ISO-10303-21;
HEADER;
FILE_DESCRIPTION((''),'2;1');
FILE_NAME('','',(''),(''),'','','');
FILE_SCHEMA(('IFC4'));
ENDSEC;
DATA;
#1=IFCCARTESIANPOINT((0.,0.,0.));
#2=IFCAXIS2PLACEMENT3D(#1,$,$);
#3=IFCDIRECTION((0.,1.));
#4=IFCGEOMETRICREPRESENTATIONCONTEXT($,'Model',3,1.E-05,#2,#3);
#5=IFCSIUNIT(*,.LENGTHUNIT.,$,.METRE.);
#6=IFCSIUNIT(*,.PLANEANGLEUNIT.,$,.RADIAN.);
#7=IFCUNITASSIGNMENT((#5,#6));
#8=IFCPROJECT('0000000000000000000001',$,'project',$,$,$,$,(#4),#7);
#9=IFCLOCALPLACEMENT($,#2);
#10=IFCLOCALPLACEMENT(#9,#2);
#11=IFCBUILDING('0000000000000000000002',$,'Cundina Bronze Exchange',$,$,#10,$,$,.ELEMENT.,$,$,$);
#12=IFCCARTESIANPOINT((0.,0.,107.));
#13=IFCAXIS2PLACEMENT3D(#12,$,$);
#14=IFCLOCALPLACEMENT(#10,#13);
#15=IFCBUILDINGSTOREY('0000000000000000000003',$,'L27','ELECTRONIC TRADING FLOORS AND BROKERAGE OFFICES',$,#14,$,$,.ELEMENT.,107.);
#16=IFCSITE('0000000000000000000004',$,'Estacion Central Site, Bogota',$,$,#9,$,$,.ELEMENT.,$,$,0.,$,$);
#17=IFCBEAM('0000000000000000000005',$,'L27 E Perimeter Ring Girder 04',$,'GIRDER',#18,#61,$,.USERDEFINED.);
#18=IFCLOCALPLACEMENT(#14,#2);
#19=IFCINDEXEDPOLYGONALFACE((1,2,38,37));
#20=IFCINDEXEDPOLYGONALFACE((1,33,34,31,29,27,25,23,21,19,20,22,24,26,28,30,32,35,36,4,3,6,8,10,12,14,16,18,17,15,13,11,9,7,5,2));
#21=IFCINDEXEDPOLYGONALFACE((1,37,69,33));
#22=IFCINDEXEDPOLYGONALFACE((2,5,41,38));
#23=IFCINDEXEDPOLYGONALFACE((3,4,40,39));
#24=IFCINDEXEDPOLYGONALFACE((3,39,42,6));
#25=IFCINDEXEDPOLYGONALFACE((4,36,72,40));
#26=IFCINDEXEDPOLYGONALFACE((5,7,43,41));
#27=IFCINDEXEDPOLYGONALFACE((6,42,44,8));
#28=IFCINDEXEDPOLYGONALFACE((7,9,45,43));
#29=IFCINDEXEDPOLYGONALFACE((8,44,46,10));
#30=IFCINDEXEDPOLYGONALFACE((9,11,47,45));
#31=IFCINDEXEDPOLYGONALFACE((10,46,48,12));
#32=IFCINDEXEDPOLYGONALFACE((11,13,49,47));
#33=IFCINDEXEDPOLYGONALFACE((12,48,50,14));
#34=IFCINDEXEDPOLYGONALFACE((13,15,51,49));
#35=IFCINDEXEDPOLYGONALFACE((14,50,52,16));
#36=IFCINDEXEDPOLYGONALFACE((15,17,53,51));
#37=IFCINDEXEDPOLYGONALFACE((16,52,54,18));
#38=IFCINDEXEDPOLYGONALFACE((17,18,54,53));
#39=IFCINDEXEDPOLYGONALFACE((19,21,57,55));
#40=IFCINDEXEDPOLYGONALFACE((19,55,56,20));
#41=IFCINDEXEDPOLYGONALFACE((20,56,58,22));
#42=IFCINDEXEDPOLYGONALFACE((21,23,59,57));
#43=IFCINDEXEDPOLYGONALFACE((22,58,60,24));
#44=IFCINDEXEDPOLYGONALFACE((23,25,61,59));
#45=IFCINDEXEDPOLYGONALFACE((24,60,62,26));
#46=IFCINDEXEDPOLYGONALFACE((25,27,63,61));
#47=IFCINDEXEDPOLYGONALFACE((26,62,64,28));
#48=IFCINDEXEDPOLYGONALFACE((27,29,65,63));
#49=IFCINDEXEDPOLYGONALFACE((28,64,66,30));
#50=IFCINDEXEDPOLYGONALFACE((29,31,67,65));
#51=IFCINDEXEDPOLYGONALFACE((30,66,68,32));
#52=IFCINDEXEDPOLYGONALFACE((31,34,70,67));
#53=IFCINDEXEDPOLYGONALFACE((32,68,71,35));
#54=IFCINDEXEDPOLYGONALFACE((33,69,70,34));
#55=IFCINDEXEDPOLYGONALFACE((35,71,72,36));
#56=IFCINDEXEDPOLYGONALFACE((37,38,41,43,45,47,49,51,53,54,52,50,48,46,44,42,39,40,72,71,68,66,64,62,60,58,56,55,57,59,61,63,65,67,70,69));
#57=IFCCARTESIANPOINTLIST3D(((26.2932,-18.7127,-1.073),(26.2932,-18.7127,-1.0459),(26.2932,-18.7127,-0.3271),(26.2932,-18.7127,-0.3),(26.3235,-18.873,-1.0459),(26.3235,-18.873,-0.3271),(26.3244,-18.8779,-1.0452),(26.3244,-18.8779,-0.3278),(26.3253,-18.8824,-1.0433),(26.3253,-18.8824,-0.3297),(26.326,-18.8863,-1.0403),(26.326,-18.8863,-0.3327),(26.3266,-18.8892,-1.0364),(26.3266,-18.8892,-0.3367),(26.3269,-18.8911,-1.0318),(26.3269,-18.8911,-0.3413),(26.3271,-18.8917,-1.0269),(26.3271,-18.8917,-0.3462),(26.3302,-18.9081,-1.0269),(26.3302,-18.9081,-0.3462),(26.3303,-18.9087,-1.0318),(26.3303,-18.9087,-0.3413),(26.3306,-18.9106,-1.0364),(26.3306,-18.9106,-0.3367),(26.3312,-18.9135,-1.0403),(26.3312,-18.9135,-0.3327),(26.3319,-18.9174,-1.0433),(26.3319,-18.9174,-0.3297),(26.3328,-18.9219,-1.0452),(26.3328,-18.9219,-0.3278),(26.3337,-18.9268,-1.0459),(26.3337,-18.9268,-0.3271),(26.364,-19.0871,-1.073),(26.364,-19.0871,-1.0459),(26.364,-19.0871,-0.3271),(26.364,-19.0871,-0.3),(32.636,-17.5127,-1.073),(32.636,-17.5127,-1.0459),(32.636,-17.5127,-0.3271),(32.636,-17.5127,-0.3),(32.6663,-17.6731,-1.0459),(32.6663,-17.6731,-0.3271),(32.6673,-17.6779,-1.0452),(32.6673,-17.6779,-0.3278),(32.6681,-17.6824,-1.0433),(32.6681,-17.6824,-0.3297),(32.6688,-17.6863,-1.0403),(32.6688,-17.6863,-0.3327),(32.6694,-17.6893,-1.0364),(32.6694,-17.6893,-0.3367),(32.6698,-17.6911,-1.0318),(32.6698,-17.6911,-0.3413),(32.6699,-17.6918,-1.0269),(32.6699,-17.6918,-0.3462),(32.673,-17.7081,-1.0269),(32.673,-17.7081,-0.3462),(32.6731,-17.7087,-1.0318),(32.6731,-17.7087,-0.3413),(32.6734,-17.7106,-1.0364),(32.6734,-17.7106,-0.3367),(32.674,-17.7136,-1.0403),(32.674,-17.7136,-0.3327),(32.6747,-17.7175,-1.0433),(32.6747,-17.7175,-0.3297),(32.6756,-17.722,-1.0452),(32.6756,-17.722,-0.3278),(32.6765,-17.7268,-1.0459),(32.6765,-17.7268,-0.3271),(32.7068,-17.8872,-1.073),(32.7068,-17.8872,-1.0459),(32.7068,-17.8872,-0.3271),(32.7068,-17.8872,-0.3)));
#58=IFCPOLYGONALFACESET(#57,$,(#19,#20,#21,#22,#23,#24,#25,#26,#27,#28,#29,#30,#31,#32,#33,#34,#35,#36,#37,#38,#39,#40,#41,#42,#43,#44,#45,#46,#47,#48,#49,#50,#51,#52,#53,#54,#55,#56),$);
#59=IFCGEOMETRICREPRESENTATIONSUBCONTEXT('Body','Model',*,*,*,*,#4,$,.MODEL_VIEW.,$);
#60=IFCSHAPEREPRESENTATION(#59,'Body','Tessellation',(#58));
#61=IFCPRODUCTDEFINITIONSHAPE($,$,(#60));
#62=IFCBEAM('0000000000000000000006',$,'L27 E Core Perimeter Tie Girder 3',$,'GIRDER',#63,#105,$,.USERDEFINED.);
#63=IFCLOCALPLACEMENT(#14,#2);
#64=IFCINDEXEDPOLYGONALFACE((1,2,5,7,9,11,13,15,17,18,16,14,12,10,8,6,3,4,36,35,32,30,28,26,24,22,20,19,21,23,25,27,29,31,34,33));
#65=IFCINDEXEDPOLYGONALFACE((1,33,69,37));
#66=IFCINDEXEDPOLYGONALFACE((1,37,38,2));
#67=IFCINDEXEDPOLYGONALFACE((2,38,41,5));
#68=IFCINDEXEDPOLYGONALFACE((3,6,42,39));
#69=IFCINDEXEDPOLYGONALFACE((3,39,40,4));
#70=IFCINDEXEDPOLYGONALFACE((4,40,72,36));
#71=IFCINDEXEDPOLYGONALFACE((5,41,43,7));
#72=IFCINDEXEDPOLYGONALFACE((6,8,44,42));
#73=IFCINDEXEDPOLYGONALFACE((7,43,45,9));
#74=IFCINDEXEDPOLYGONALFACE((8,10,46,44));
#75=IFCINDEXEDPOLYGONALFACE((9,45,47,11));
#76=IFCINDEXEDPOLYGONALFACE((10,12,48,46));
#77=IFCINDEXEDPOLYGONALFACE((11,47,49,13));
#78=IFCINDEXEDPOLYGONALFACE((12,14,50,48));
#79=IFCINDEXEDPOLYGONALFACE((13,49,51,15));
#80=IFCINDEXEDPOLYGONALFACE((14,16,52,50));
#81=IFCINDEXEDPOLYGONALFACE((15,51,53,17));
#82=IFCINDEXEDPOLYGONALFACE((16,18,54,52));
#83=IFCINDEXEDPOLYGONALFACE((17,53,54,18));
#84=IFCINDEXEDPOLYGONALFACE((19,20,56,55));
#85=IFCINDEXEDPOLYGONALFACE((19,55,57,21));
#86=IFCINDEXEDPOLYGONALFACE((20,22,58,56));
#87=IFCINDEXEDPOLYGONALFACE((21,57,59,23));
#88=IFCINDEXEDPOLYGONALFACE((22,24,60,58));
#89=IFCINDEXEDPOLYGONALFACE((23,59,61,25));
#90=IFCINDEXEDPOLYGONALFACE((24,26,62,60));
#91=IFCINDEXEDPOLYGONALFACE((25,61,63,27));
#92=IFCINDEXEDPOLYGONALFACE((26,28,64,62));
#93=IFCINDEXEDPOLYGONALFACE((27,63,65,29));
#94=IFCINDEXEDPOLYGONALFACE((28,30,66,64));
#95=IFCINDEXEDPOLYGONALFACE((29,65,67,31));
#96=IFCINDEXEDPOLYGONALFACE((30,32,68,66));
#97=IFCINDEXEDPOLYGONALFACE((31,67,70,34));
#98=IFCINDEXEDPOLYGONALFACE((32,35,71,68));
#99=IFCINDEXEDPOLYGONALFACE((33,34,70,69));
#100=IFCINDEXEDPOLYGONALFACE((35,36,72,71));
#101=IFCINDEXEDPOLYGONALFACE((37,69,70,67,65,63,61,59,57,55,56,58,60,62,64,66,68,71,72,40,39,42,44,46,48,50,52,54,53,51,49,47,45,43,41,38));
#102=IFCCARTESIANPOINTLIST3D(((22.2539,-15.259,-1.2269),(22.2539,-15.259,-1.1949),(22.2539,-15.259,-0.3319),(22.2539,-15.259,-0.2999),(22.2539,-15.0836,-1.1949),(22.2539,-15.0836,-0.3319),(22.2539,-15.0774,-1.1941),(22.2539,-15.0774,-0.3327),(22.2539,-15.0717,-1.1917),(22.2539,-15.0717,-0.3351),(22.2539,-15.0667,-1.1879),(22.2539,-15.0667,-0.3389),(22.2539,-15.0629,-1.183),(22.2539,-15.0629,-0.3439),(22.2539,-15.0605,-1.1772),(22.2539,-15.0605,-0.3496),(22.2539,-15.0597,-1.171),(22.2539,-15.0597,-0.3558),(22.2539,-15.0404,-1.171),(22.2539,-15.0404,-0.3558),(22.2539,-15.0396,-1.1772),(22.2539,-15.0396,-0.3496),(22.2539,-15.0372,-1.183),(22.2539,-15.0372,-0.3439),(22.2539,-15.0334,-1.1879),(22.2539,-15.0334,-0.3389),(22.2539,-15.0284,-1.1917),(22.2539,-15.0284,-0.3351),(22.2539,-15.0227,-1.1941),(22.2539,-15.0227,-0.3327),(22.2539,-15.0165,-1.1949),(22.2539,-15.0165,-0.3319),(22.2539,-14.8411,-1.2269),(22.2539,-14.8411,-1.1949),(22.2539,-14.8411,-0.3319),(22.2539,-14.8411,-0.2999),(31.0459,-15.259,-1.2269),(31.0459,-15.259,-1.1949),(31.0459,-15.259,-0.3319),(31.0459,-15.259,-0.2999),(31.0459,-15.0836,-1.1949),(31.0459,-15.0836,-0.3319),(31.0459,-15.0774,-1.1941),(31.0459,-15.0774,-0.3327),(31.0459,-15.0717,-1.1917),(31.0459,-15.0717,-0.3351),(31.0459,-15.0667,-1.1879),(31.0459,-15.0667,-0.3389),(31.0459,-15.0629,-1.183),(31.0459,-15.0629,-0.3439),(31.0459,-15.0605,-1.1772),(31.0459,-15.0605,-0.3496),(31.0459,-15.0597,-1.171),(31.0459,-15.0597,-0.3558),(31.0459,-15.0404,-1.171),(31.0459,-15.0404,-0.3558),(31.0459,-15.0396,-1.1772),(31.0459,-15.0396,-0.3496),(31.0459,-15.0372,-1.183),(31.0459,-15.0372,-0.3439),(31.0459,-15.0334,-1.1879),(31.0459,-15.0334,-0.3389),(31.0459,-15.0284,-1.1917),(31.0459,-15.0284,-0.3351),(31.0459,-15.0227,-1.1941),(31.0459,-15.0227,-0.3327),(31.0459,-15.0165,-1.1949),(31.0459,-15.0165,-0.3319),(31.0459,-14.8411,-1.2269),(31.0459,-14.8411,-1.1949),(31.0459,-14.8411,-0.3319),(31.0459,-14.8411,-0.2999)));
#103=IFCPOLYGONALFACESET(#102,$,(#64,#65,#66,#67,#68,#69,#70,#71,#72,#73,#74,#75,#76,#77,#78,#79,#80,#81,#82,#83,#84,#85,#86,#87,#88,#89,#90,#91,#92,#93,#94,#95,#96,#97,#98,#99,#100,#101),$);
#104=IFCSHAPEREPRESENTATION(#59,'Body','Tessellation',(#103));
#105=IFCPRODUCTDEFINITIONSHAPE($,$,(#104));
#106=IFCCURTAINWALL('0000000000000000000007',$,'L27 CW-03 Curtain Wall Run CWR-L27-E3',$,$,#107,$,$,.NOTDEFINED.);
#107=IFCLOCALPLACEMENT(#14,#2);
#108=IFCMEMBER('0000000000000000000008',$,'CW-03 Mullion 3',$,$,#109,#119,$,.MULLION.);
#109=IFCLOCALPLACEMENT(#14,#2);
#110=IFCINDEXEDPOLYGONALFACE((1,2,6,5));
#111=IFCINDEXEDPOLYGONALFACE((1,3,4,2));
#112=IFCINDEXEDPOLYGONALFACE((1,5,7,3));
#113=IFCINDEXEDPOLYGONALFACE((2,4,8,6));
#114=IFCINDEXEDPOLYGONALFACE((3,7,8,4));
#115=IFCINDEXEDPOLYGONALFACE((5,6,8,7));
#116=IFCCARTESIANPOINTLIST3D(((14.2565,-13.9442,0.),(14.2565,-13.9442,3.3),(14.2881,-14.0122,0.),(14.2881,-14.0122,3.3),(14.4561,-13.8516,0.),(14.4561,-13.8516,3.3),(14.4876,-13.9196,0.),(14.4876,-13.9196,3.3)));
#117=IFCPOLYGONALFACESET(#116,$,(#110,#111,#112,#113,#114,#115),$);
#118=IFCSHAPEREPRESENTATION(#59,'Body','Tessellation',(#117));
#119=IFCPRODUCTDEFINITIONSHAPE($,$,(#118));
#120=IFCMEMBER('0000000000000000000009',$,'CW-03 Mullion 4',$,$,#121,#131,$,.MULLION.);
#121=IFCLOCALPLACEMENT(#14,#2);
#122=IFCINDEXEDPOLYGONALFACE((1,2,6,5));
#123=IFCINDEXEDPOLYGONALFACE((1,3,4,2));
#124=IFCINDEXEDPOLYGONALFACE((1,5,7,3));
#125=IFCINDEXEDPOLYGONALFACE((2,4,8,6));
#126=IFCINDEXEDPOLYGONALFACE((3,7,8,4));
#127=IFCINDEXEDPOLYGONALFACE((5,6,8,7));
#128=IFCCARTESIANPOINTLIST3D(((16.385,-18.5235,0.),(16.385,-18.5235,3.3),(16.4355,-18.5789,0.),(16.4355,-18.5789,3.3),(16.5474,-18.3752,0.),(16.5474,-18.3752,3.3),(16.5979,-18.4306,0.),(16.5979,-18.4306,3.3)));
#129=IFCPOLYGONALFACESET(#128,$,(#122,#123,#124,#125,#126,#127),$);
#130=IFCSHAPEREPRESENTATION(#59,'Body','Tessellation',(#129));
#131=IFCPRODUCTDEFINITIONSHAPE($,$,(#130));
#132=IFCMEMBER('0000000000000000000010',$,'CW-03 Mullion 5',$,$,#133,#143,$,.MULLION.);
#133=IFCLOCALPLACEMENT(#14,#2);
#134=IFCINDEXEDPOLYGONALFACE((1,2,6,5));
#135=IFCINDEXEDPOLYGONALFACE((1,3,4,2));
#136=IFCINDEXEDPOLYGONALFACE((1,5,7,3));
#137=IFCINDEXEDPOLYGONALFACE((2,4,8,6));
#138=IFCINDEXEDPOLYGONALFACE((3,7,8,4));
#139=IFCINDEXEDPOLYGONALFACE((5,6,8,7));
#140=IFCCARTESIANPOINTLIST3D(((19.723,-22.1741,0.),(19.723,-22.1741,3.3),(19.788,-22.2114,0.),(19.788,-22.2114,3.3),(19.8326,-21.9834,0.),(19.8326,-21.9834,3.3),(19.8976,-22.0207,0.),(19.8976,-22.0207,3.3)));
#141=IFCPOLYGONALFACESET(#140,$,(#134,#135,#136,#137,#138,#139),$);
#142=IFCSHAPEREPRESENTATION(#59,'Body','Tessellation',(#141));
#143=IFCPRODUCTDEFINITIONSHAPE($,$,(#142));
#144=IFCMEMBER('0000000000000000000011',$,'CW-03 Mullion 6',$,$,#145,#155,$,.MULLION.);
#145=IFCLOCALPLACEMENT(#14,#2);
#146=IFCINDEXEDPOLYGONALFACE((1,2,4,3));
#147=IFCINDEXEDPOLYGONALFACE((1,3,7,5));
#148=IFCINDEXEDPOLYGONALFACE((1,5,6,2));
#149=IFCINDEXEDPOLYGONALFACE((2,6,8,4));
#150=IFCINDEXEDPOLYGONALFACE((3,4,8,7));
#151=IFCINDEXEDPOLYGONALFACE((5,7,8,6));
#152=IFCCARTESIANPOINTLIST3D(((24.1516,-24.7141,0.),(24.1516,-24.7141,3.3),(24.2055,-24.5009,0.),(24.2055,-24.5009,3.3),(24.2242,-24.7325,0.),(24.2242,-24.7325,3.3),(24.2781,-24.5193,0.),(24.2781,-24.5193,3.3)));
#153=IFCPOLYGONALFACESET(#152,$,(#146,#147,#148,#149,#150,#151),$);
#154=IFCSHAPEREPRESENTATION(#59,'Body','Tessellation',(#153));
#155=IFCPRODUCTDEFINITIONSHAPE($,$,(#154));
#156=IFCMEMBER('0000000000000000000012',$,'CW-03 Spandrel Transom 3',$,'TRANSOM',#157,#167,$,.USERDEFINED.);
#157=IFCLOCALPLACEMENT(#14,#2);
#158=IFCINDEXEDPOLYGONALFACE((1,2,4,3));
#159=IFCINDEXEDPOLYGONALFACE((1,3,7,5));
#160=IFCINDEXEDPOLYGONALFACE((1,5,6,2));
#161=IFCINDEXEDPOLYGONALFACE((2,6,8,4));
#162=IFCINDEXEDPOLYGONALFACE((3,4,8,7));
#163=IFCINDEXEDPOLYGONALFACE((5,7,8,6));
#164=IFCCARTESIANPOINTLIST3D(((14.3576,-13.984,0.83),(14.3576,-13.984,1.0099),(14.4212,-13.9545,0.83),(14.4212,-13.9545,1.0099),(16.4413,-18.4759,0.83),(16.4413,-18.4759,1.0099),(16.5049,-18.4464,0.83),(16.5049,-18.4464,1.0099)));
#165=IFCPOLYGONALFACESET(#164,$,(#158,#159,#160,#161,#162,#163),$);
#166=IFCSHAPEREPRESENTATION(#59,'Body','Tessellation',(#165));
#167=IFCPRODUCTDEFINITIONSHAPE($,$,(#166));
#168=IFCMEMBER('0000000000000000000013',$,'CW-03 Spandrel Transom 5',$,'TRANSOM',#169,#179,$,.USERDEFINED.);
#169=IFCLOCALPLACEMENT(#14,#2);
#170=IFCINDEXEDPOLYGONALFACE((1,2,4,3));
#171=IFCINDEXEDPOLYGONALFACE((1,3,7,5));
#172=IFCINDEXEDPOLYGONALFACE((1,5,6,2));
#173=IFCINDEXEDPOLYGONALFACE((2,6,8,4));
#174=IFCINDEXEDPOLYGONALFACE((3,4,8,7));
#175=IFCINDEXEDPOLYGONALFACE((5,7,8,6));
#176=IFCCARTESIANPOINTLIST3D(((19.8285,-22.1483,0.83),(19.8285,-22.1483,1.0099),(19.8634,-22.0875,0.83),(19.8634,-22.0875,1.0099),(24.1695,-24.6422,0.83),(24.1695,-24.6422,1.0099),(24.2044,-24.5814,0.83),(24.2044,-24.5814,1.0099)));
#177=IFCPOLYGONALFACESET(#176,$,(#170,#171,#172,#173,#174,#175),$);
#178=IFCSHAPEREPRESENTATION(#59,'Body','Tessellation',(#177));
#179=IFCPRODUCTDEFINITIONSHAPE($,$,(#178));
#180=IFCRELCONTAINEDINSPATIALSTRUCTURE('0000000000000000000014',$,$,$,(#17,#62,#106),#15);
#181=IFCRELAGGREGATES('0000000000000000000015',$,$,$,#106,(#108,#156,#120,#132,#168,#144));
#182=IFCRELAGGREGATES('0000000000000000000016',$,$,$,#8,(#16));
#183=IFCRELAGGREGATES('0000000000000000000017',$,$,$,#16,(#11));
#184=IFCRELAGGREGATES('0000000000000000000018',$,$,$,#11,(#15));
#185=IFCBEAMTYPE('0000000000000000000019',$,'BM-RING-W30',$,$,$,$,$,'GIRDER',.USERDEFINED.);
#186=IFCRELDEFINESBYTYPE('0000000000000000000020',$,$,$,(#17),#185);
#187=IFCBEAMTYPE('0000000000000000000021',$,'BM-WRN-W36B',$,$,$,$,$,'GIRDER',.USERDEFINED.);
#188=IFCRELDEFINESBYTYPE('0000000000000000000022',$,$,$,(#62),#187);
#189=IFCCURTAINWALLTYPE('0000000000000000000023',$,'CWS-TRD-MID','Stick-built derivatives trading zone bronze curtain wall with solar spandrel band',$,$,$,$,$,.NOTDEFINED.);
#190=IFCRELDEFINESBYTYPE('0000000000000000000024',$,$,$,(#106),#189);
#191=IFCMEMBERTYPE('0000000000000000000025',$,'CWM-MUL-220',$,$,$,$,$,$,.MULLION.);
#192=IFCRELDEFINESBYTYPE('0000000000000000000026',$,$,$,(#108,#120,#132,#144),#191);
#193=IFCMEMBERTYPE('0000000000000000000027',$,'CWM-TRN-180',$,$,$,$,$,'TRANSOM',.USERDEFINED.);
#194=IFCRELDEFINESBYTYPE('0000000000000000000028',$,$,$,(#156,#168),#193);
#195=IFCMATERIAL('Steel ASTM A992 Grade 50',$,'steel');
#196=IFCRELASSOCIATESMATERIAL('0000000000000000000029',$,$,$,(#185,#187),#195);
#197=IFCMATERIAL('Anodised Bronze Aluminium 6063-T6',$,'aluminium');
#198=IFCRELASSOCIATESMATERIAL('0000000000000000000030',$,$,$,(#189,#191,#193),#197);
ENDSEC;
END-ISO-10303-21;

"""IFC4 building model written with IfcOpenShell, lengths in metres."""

from ifc_helpers import new_model, si_unit, direction, frame, origin, origin_2d, place, context, subcontext, project, spatial, rectangle, i_section, extrude, material, material_profile, profile_set, type_object, element, aggregate, save


model = new_model("IFC4")

# Units and contexts
model_context = context("Model", 3, precision=1e-05, world=origin(), true_north=direction((0.0, 1.0)))
body_context = subcontext(model_context, "Body", "Model", "MODEL_VIEW")
ifc_project = project(units=[si_unit("LENGTHUNIT", "METRE"), si_unit("PLANEANGLEUNIT", "RADIAN")], contexts=[model_context])

# Site, building, storey
site_placement = place(None, origin())
site = spatial("IfcSite", under=ifc_project, at=site_placement, Name="Estacion Central Site, Bogota", CompositionType="ELEMENT", RefElevation=0.0)
building_placement = place(site_placement, origin())
building = spatial("IfcBuilding", under=site, at=building_placement, Name="Cundina Bronze Exchange", CompositionType="ELEMENT")
storey_placement = place(building_placement, frame((0.0, 0.0, 107.0)))
storey = spatial("IfcBuildingStorey", under=building, at=storey_placement, Name="L27", Description="ELECTRONIC TRADING FLOORS AND BROKERAGE OFFICES", CompositionType="ELEMENT", Elevation=107.0)

# Shared definitions
ifc_material_1 = material(Name="Steel ASTM A992 Grade 50", Category="steel")

# Beams
ifc_material_profile_1 = material_profile(ifc_material_1, i_section(OverallWidth=0.3811, OverallDepth=0.7729, WebThickness=0.0166, FlangeThickness=0.0271, FilletRadius=0.019, at=origin_2d()), Name="W30X173", Category="steel")
ifc_profile_set_1 = profile_set([ifc_material_profile_1], Name="Steel ASTM A992 Grade 50")
beam_type_1 = type_object("IfcBeamType", Name="BM-RING-W30", ElementType="GIRDER", PredefinedType="USERDEFINED", material=ifc_profile_set_1)
beam_1_placement = place(storey_placement, frame((26.3286, -18.8999, -0.6865), z_axis=(0.982571, 0.185887, 0.0), x_axis=(-0.185887, 0.982571, 0.0)))
element("IfcBeam", 1, at=beam_1_placement, inside=storey, type_object=beam_type_1, Name="L27 E Perimeter Ring Girder 04", ObjectType="GIRDER", PredefinedType="USERDEFINED", context=body_context, shape_type="SweptSolid", body=[
    extrude(i_section(OverallWidth=0.3811, OverallDepth=0.7729, WebThickness=0.0166, FlangeThickness=0.0271, FilletRadius=0.019, at=origin_2d()), origin(), (0.0, 0.0, 1.0), 6.4553),
])
ifc_material_profile_2 = material_profile(ifc_material_1, i_section(OverallWidth=0.418, OverallDepth=0.927, WebThickness=0.0193, FlangeThickness=0.032, FilletRadius=0.0239, at=origin_2d()), Name="W36X231", Category="steel")
ifc_profile_set_2 = profile_set([ifc_material_profile_2], Name="Steel ASTM A992 Grade 50")
beam_type_2 = type_object("IfcBeamType", Name="BM-WRN-W36B", ElementType="GIRDER", PredefinedType="USERDEFINED", material=ifc_profile_set_2)
beam_2_placement = place(storey_placement, frame((22.2539, -15.05, -0.7634), z_axis=(1.0, 0.0, 0.0), x_axis=(0.0, 1.0, 0.0)))
element("IfcBeam", 2, at=beam_2_placement, inside=storey, type_object=beam_type_2, Name="L27 E Core Perimeter Tie Girder 3", ObjectType="GIRDER", PredefinedType="USERDEFINED", context=body_context, shape_type="SweptSolid", body=[
    extrude(i_section(OverallWidth=0.418, OverallDepth=0.927, WebThickness=0.0193, FlangeThickness=0.032, FilletRadius=0.0239, at=origin_2d()), origin(), (0.0, 0.0, 1.0), 8.792),
])

# Curtain wall, members
ifc_material_2 = material(Name="Anodised Bronze Aluminium 6063-T6", Category="aluminium")
curtain_wall_type = type_object("IfcCurtainWallType", Name="CWS-TRD-MID", Description="Stick-built derivatives trading zone bronze curtain wall with solar spandrel band", PredefinedType="NOTDEFINED", material=ifc_material_2)
curtain_wall_placement = place(storey_placement, origin())
curtain_wall = element("IfcCurtainWall", 3, at=curtain_wall_placement, inside=storey, type_object=curtain_wall_type, Name="L27 CW-03 Curtain Wall Run CWR-L27-E3", PredefinedType="NOTDEFINED")
ifc_material_profile_3 = material_profile(ifc_material_2, rectangle(XDim=0.075, YDim=0.22, at=origin_2d()), Name="AL75X220", Category="aluminium")
ifc_profile_set_3 = profile_set([ifc_material_profile_3], Name="Anodised Bronze Aluminium 6063-T6")
member_type_1 = type_object("IfcMemberType", Name="CWM-MUL-220", PredefinedType="MULLION", material=ifc_profile_set_3)
member_1_placement = place(storey_placement, frame((14.3721, -13.9319, 0.0), z_axis=(0.0, 0.0, 1.0), x_axis=(0.420877, -0.907117, 0.0)))
member_1 = element("IfcMember", 4, at=member_1_placement, type_object=member_type_1, Name="CW-03 Mullion 3", PredefinedType="MULLION", context=body_context, shape_type="SweptSolid", body=[
    extrude(rectangle(XDim=0.075, YDim=0.22, at=origin_2d()), origin(), (0.0, 0.0, 1.0), 3.3),
])
member_2_placement = place(storey_placement, frame((16.4915, -18.4771, 0.0), z_axis=(0.0, 0.0, 1.0), x_axis=(0.674302, -0.738455, 0.0)))
member_2 = element("IfcMember", 5, at=member_2_placement, type_object=member_type_1, Name="CW-03 Mullion 4", PredefinedType="MULLION", context=body_context, shape_type="SweptSolid", body=[
    extrude(rectangle(XDim=0.075, YDim=0.22, at=origin_2d()), origin(), (0.0, 0.0, 1.0), 3.3),
])
member_3_placement = place(storey_placement, frame((19.8103, -22.0974, 0.0), z_axis=(0.0, 0.0, 1.0), x_axis=(0.867071, -0.498185, 0.0)))
member_3 = element("IfcMember", 6, at=member_3_placement, type_object=member_type_1, Name="CW-03 Mullion 5", PredefinedType="MULLION", context=body_context, shape_type="SweptSolid", body=[
    extrude(rectangle(XDim=0.075, YDim=0.22, at=origin_2d()), origin(), (0.0, 0.0, 1.0), 3.3),
])
member_4_placement = place(storey_placement, frame((24.2148, -24.6167, 0.0), z_axis=(0.0, 0.0, 1.0), x_axis=(0.969488, -0.245138, 0.0)))
member_4 = element("IfcMember", 7, at=member_4_placement, type_object=member_type_1, Name="CW-03 Mullion 6", PredefinedType="MULLION", context=body_context, shape_type="SweptSolid", body=[
    extrude(rectangle(XDim=0.075, YDim=0.22, at=origin_2d()), origin(), (0.0, 0.0, 1.0), 3.3),
])
ifc_material_profile_4 = material_profile(ifc_material_2, rectangle(XDim=0.0701, YDim=0.1799, at=origin_2d()), Name="AL70X180", Category="aluminium")
ifc_profile_set_4 = profile_set([ifc_material_profile_4], Name="Anodised Bronze Aluminium 6063-T6")
member_type_2 = type_object("IfcMemberType", Name="CWM-TRN-180", ElementType="TRANSOM", PredefinedType="USERDEFINED", material=ifc_profile_set_4)
member_5_placement = place(storey_placement, frame((14.3894, -13.9692, 0.9199), z_axis=(0.420811, -0.907148, 0.0), x_axis=(0.907148, 0.420811, 0.0)))
member_5 = element("IfcMember", 8, at=member_5_placement, type_object=member_type_2, Name="CW-03 Spandrel Transom 3", ObjectType="TRANSOM", PredefinedType="USERDEFINED", context=body_context, shape_type="SweptSolid", body=[
    extrude(rectangle(XDim=0.0701, YDim=0.1799, at=origin_2d()), origin(), (0.0, 0.0, 1.0), 4.9517),
])
member_6_placement = place(storey_placement, frame((19.8459, -22.1179, 0.9199), z_axis=(0.867097, -0.498139, 0.0), x_axis=(0.498139, 0.867097, 0.0)))
member_6 = element("IfcMember", 9, at=member_6_placement, type_object=member_type_2, Name="CW-03 Spandrel Transom 5", ObjectType="TRANSOM", PredefinedType="USERDEFINED", context=body_context, shape_type="SweptSolid", body=[
    extrude(rectangle(XDim=0.0701, YDim=0.1799, at=origin_2d()), origin(), (0.0, 0.0, 1.0), 5.0063),
])
aggregate(curtain_wall, [member_1, member_5, member_2, member_3, member_6, member_4])

save(model, "model.ifc")
